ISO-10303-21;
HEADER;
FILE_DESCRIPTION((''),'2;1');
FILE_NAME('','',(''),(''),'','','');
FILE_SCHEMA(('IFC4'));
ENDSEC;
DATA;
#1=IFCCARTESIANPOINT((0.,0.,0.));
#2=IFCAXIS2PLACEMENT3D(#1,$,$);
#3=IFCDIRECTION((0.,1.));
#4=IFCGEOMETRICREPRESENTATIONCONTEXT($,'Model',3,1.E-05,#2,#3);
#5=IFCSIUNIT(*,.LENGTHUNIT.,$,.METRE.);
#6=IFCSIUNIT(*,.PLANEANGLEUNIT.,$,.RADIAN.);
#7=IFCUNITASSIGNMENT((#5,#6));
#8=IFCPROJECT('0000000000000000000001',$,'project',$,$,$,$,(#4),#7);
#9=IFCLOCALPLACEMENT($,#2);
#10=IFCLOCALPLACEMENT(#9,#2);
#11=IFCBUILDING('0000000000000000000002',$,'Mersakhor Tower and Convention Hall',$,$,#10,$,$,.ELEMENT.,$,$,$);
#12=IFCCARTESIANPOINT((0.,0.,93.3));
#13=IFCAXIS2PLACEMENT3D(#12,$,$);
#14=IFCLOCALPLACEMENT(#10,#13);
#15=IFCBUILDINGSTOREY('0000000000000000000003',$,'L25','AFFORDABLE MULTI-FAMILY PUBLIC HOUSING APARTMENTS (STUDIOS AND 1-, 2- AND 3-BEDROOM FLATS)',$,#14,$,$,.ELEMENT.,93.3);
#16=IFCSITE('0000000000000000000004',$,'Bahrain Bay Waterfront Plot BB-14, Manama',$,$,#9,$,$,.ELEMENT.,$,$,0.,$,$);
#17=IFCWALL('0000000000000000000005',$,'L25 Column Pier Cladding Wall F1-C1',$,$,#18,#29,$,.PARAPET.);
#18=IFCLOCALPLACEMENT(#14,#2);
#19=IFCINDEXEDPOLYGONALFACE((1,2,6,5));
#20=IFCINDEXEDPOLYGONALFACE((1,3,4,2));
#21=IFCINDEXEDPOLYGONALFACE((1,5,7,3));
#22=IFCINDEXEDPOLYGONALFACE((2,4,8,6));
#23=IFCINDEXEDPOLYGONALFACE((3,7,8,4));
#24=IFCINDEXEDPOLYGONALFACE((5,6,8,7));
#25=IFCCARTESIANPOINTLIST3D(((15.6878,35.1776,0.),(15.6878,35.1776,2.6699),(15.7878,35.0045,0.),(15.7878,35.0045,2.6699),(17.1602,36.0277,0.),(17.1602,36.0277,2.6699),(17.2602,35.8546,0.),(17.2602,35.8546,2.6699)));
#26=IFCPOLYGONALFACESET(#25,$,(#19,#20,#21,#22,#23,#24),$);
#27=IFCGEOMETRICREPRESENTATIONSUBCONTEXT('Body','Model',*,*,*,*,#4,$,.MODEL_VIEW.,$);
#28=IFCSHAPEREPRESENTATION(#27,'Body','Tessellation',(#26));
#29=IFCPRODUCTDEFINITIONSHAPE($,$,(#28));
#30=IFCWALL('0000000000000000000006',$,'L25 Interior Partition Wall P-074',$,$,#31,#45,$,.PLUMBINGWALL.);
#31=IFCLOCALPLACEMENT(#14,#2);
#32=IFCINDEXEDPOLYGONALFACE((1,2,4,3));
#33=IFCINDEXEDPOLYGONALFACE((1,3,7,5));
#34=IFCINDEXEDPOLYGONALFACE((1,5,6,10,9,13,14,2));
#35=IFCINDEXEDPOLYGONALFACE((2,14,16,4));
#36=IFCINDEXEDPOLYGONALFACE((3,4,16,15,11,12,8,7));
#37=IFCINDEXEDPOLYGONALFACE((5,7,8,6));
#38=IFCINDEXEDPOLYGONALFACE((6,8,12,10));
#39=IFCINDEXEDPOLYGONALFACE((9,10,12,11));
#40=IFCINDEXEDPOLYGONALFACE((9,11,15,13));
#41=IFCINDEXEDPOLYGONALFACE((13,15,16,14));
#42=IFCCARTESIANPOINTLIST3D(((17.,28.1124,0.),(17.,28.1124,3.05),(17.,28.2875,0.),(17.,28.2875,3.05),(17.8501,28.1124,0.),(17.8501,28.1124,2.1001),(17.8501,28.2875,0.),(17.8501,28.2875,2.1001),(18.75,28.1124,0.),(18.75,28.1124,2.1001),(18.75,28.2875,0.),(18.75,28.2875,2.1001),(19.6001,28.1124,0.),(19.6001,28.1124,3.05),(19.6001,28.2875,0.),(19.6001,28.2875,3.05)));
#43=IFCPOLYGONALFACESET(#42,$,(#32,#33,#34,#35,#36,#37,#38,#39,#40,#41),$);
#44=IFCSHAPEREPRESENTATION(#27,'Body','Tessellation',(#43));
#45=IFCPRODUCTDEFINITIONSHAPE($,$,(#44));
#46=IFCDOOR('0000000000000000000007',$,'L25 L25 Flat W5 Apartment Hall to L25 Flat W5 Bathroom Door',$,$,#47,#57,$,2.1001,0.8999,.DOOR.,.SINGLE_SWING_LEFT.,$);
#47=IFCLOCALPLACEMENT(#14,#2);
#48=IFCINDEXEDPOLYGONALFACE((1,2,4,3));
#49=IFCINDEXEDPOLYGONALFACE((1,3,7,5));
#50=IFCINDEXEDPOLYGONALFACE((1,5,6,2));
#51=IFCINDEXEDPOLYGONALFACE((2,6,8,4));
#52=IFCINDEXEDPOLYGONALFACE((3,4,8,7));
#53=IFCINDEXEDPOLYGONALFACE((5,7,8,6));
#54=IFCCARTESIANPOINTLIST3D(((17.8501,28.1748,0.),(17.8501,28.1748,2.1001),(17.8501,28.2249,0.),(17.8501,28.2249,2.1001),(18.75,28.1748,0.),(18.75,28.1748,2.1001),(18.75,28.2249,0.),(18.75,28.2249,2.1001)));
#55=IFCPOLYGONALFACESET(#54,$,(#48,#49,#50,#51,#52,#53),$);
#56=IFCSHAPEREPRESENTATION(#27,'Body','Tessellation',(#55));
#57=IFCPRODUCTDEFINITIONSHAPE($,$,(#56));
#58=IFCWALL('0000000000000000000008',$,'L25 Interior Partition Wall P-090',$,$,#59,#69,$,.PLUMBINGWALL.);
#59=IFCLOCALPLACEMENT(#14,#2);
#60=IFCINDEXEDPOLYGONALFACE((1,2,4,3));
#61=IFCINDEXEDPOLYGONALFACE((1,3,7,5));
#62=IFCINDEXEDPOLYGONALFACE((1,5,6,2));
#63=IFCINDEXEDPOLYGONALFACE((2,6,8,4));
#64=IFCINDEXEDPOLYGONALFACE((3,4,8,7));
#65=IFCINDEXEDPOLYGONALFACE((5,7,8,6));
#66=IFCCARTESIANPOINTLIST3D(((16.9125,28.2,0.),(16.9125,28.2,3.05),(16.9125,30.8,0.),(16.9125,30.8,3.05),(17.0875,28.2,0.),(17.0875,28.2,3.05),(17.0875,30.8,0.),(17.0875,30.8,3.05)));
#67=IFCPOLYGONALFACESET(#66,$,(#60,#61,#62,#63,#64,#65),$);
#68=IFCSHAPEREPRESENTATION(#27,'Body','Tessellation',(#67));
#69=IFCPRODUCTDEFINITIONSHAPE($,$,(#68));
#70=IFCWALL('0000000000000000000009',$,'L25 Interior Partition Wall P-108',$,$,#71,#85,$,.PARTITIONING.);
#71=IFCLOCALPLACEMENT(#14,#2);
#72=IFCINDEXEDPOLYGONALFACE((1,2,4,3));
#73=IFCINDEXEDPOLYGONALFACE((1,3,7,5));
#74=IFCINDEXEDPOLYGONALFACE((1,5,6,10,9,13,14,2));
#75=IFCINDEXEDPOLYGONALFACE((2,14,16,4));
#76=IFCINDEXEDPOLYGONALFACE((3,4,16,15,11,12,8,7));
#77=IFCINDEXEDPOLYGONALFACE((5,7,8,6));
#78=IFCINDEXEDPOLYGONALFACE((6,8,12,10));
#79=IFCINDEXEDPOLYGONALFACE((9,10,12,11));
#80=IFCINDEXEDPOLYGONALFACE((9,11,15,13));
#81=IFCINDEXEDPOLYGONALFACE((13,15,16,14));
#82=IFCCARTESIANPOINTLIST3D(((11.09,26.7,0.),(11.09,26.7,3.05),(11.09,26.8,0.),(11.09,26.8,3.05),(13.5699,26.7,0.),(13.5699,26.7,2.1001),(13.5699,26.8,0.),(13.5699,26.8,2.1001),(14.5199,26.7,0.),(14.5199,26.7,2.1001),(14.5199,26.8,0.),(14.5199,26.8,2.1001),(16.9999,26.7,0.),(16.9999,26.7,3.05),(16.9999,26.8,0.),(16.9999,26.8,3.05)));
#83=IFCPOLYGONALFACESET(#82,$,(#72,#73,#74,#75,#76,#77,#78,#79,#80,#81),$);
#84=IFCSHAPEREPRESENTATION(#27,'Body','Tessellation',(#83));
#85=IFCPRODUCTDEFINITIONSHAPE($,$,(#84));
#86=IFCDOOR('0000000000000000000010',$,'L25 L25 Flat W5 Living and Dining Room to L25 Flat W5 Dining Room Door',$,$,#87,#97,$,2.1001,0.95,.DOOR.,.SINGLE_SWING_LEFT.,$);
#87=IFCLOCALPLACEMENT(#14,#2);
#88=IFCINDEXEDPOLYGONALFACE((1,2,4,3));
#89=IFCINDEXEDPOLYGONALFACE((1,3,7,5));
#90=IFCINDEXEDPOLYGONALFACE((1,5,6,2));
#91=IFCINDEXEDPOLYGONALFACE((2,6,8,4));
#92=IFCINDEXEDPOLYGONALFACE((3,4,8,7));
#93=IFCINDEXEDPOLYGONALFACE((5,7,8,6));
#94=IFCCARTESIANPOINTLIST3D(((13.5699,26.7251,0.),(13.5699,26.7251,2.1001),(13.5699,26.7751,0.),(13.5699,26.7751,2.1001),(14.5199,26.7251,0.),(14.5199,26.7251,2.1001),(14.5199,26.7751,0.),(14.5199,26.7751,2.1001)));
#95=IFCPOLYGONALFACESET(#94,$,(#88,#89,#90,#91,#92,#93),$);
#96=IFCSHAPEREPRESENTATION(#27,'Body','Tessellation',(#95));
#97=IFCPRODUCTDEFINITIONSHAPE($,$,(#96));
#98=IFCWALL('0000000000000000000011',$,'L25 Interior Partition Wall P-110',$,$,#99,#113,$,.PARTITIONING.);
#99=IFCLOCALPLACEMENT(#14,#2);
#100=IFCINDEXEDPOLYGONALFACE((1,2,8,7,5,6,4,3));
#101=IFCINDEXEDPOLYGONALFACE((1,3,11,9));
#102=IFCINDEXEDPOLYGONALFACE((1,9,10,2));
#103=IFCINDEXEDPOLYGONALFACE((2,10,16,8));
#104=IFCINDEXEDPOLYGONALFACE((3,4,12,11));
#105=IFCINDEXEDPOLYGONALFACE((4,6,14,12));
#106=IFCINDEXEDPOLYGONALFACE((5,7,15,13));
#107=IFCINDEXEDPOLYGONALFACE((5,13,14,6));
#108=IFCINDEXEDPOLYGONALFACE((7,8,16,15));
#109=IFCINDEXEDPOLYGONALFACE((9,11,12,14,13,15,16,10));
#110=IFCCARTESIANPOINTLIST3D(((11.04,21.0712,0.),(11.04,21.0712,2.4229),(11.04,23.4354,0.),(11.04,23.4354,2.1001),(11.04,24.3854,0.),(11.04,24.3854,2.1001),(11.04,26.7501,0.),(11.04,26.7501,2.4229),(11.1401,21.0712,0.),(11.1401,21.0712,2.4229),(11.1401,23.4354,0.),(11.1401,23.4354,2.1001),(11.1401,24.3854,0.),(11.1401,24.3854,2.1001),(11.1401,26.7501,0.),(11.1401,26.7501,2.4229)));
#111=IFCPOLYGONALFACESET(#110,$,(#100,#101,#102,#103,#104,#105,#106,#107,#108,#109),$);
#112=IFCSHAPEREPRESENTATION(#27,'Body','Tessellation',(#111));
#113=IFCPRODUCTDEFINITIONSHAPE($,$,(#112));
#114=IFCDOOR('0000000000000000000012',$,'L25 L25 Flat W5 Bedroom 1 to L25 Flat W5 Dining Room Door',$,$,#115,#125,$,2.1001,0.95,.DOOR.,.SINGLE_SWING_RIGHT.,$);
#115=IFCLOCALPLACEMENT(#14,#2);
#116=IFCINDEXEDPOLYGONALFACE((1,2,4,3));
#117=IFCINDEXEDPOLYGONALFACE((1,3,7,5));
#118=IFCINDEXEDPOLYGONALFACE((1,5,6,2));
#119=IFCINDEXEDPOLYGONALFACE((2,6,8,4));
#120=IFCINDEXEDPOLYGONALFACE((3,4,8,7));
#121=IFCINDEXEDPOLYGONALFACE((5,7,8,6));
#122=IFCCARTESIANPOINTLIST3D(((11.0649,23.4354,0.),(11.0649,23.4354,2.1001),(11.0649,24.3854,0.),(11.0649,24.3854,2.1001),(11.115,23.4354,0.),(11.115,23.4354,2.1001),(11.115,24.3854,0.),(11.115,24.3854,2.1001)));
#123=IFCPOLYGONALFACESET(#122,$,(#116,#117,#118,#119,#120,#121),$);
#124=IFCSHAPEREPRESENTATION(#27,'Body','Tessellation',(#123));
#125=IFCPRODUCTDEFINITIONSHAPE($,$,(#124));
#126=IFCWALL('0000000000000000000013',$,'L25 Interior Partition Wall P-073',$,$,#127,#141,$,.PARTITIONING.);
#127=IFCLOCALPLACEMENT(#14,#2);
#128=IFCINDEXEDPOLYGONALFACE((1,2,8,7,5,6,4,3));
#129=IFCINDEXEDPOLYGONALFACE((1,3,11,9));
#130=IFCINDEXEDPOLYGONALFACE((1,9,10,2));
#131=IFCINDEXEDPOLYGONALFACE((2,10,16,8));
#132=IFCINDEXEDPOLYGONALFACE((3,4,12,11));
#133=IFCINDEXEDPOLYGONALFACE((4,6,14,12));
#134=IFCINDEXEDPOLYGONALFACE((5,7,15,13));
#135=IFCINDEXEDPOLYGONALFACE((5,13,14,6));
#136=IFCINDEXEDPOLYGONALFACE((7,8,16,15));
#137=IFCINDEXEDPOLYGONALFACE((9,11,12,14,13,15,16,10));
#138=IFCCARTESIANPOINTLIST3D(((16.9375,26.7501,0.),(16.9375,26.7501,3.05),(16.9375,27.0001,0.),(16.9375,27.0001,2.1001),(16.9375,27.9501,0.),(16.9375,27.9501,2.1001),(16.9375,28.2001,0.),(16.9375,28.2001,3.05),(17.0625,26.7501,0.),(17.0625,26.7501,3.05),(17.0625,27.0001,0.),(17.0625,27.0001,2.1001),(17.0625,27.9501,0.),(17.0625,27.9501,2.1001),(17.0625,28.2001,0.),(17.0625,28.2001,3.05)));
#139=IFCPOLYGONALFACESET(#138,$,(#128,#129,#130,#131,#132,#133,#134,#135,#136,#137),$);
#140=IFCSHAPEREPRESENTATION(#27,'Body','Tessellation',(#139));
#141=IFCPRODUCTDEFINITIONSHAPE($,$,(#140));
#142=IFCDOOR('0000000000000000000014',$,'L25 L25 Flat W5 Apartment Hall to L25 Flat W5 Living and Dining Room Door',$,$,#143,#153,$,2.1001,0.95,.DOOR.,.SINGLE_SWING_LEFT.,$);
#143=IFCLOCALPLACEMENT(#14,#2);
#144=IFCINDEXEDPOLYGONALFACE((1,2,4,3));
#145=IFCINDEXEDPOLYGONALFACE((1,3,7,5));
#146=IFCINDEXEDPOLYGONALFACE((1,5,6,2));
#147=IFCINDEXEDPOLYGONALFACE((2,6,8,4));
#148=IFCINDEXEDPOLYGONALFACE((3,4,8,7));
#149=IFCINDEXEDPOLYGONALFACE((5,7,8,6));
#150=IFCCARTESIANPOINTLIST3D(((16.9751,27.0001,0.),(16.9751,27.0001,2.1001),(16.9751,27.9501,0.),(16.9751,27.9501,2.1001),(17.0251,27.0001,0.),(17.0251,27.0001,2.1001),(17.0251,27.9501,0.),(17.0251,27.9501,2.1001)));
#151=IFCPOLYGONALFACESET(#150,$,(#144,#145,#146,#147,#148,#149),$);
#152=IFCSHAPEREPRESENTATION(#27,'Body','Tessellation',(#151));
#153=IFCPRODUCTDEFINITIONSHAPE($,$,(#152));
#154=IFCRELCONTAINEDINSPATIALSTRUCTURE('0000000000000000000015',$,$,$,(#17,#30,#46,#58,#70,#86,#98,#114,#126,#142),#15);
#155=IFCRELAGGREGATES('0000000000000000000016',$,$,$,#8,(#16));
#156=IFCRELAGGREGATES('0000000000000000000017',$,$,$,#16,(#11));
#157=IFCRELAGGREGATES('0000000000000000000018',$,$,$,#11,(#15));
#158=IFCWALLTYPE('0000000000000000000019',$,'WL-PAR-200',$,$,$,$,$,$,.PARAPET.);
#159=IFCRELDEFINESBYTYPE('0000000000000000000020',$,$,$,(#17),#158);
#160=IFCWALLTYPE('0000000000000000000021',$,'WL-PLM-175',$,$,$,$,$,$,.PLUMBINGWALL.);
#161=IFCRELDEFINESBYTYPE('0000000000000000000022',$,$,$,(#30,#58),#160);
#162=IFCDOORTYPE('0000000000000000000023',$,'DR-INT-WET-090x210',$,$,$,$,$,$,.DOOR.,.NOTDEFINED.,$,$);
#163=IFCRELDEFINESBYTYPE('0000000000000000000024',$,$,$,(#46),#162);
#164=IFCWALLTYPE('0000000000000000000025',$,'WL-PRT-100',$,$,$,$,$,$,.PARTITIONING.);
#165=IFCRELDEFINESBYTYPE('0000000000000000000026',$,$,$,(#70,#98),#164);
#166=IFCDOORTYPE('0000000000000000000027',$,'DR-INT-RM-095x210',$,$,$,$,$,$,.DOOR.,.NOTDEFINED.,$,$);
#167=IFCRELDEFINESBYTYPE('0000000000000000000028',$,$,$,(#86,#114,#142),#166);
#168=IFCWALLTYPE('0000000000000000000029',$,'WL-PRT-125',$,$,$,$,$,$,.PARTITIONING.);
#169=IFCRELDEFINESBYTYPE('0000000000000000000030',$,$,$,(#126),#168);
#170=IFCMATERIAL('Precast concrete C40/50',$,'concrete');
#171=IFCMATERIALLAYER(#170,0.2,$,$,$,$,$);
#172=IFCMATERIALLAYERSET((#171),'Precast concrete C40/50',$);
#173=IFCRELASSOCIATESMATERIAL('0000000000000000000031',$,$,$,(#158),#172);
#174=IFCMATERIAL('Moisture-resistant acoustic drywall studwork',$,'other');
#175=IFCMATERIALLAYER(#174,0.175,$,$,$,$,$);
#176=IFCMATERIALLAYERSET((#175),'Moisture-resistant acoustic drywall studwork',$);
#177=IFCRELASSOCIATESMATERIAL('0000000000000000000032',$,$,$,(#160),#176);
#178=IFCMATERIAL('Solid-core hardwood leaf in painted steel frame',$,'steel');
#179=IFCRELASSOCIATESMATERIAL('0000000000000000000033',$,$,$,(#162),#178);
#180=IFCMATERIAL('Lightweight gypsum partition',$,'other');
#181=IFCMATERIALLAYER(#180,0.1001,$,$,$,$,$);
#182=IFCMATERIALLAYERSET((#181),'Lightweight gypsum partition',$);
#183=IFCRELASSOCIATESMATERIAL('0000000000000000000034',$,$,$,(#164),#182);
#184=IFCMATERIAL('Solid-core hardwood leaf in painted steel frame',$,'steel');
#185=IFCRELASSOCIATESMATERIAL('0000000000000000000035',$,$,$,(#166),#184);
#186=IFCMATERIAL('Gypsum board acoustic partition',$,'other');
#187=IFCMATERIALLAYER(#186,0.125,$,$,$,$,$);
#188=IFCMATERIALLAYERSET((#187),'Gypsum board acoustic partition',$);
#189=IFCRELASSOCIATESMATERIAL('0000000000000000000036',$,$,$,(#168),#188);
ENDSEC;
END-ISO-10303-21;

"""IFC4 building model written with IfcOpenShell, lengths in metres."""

from ifc_helpers import new_model, si_unit, direction, frame, frame_2d, origin, place, context, subcontext, project, spatial, rectangle, extrude, material, layer, layer_set, type_object, element, fill, save


model = new_model("IFC4")

# Units and contexts
model_context = context("Model", 3, precision=1e-05, world=origin(), true_north=direction((0.0, 1.0)))
body_context = subcontext(model_context, "Body", "Model", "MODEL_VIEW")
ifc_project = project(units=[si_unit("LENGTHUNIT", "METRE"), si_unit("PLANEANGLEUNIT", "RADIAN")], contexts=[model_context])

# Site, building, storey
site_placement = place(None, origin())
site = spatial("IfcSite", under=ifc_project, at=site_placement, Name="Bahrain Bay Waterfront Plot BB-14, Manama", CompositionType="ELEMENT", RefElevation=0.0)
building_placement = place(site_placement, origin())
building = spatial("IfcBuilding", under=site, at=building_placement, Name="Mersakhor Tower and Convention Hall", CompositionType="ELEMENT")
storey_placement = place(building_placement, frame((0.0, 0.0, 93.3)))
storey = spatial("IfcBuildingStorey", under=building, at=storey_placement, Name="L25", Description="AFFORDABLE MULTI-FAMILY PUBLIC HOUSING APARTMENTS (STUDIOS AND 1-, 2- AND 3-BEDROOM FLATS)", CompositionType="ELEMENT", Elevation=93.3)

# Wall
ifc_material_1 = material(Name="Precast concrete C40/50", Category="concrete")
ifc_layer_1 = layer(ifc_material_1, 0.2)
ifc_layer_set_1 = layer_set([ifc_layer_1], Name="Precast concrete C40/50")
wall_type_1 = type_object("IfcWallType", Name="WL-PAR-200", PredefinedType="PARAPET", material=ifc_layer_set_1)
wall_1_placement = place(storey_placement, frame((15.7378, 35.0911, 0.0), z_axis=(0.0, 0.0, 1.0), x_axis=(0.866025, 0.5, 0.0)))
element("IfcWall", 1, at=wall_1_placement, inside=storey, type_object=wall_type_1, Name="L25 Column Pier Cladding Wall F1-C1", PredefinedType="PARAPET", context=body_context, shape_type="SweptSolid", body=[
    extrude(rectangle(XDim=1.7002, YDim=0.2, at=frame_2d((0.8501, 0.0))), origin(), (0.0, 0.0, 1.0), 2.6699),
])

# Wall, opening, door
ifc_material_2 = material(Name="Moisture-resistant acoustic drywall studwork", Category="other")
ifc_layer_2 = layer(ifc_material_2, 0.175)
ifc_layer_set_2 = layer_set([ifc_layer_2], Name="Moisture-resistant acoustic drywall studwork")
wall_type_2 = type_object("IfcWallType", Name="WL-PLM-175", PredefinedType="PLUMBINGWALL", material=ifc_layer_set_2)
wall_2_placement = place(storey_placement, frame((17.0, 28.2, 0.0), z_axis=(0.0, 0.0, 1.0), x_axis=(1.0, 0.0, 0.0)))
wall_2 = element("IfcWall", 2, at=wall_2_placement, inside=storey, type_object=wall_type_2, Name="L25 Interior Partition Wall P-074", PredefinedType="PLUMBINGWALL", context=body_context, shape_type="SweptSolid", body=[
    extrude(rectangle(XDim=2.6001, YDim=0.175, at=frame_2d((1.3, 0.0))), origin(), (0.0, 0.0, 1.0), 3.05),
])
opening_1_placement = place(wall_2_placement, frame((0.8501, 0.0, 0.0)))
opening_1 = element("IfcOpeningElement", 3, at=opening_1_placement, cuts=wall_2, PredefinedType="OPENING", context=body_context, shape_type="SweptSolid", body=[
    extrude(rectangle(XDim=0.8999, YDim=2.1001, at=frame_2d((0.45, 1.05))), frame((0.0, 0.0974, 0.0), z_axis=(0.0, -1.0, 0.0), x_axis=(1.0, 0.0, 0.0)), (0.0, 0.0, 1.0), 0.1951),
])
ifc_material_3 = material(Name="Solid-core hardwood leaf in painted steel frame", Category="steel")
door_type_1 = type_object("IfcDoorType", Name="DR-INT-WET-090x210", OperationType="NOTDEFINED", PredefinedType="DOOR", material=ifc_material_3)
door_1_placement = place(opening_1_placement, origin())
door_1 = element("IfcDoor", 4, at=door_1_placement, inside=storey, type_object=door_type_1, Name="L25 L25 Flat W5 Apartment Hall to L25 Flat W5 Bathroom Door", OperationType="SINGLE_SWING_LEFT", OverallHeight=2.1001, OverallWidth=0.8999, PredefinedType="DOOR", context=body_context, shape_type="SweptSolid", body=[
    extrude(rectangle(XDim=0.8999, YDim=2.1001, at=frame_2d((0.45, 1.05))), frame((0.0, 0.0249, 0.0), z_axis=(0.0, -1.0, 0.0), x_axis=(1.0, 0.0, 0.0)), (0.0, 0.0, 1.0), 0.05),
])
fill(opening_1, door_1)

# Wall
wall_3_placement = place(storey_placement, frame((17.0, 28.2, 0.0), z_axis=(0.0, 0.0, 1.0), x_axis=(0.0, 1.0, 0.0)))
element("IfcWall", 5, at=wall_3_placement, inside=storey, type_object=wall_type_2, Name="L25 Interior Partition Wall P-090", PredefinedType="PLUMBINGWALL", context=body_context, shape_type="SweptSolid", body=[
    extrude(rectangle(XDim=2.6001, YDim=0.175, at=frame_2d((1.3, 0.0))), origin(), (0.0, 0.0, 1.0), 3.05),
])

# Walls, openings, doors
ifc_material_4 = material(Name="Lightweight gypsum partition", Category="other")
ifc_layer_3 = layer(ifc_material_4, 0.1001)
ifc_layer_set_3 = layer_set([ifc_layer_3], Name="Lightweight gypsum partition")
wall_type_3 = type_object("IfcWallType", Name="WL-PRT-100", PredefinedType="PARTITIONING", material=ifc_layer_set_3)
wall_4_placement = place(storey_placement, frame((17.0, 26.75, 0.0), z_axis=(0.0, 0.0, 1.0), x_axis=(-1.0, 0.0, 0.0)))
wall_4 = element("IfcWall", 6, at=wall_4_placement, inside=storey, type_object=wall_type_3, Name="L25 Interior Partition Wall P-108", PredefinedType="PARTITIONING", context=body_context, shape_type="SweptSolid", body=[
    extrude(rectangle(XDim=5.9099, YDim=0.1001, at=frame_2d((2.9551, 0.0))), origin(), (0.0, 0.0, 1.0), 3.05),
])
opening_2_placement = place(wall_4_placement, frame((2.48, 0.0, 0.0)))
opening_2 = element("IfcOpeningElement", 7, at=opening_2_placement, cuts=wall_4, PredefinedType="OPENING", context=body_context, shape_type="SweptSolid", body=[
    extrude(rectangle(XDim=0.95, YDim=2.1001, at=frame_2d((0.4751, 1.05))), frame((0.0, 0.0601, 0.0), z_axis=(0.0, -1.0, 0.0), x_axis=(1.0, 0.0, 0.0)), (0.0, 0.0, 1.0), 0.1201),
])
ifc_material_5 = material(Name="Solid-core hardwood leaf in painted steel frame", Category="steel")
door_type_2 = type_object("IfcDoorType", Name="DR-INT-RM-095x210", OperationType="NOTDEFINED", PredefinedType="DOOR", material=ifc_material_5)
door_2_placement = place(opening_2_placement, origin())
door_2 = element("IfcDoor", 8, at=door_2_placement, inside=storey, type_object=door_type_2, Name="L25 L25 Flat W5 Living and Dining Room to L25 Flat W5 Dining Room Door", OperationType="SINGLE_SWING_LEFT", OverallHeight=2.1001, OverallWidth=0.95, PredefinedType="DOOR", context=body_context, shape_type="SweptSolid", body=[
    extrude(rectangle(XDim=0.95, YDim=2.1001, at=frame_2d((0.4751, 1.05))), frame((0.0, 0.0249, 0.0), z_axis=(0.0, -1.0, 0.0), x_axis=(1.0, 0.0, 0.0)), (0.0, 0.0, 1.0), 0.05),
])
fill(opening_2, door_2)
wall_5_placement = place(storey_placement, frame((11.0901, 26.75, 0.0), z_axis=(0.0, 0.0, 1.0), x_axis=(0.0, -1.0, 0.0)))
wall_5 = element("IfcWall", 9, at=wall_5_placement, inside=storey, type_object=wall_type_3, Name="L25 Interior Partition Wall P-110", PredefinedType="PARTITIONING", context=body_context, shape_type="SweptSolid", body=[
    extrude(rectangle(XDim=5.679, YDim=0.1001, at=frame_2d((2.8394, 0.0))), origin(), (0.0, 0.0, 1.0), 2.4229),
])
opening_3_placement = place(wall_5_placement, frame((2.3645, 0.0, 0.0)))
opening_3 = element("IfcOpeningElement", 10, at=opening_3_placement, cuts=wall_5, PredefinedType="OPENING", context=body_context, shape_type="SweptSolid", body=[
    extrude(rectangle(XDim=0.95, YDim=2.1001, at=frame_2d((0.4751, 1.05))), frame((0.0, 0.0601, 0.0), z_axis=(0.0, -1.0, 0.0), x_axis=(1.0, 0.0, 0.0)), (0.0, 0.0, 1.0), 0.1201),
])
door_3_placement = place(opening_3_placement, origin())
door_3 = element("IfcDoor", 11, at=door_3_placement, inside=storey, type_object=door_type_2, Name="L25 L25 Flat W5 Bedroom 1 to L25 Flat W5 Dining Room Door", OperationType="SINGLE_SWING_RIGHT", OverallHeight=2.1001, OverallWidth=0.95, PredefinedType="DOOR", context=body_context, shape_type="SweptSolid", body=[
    extrude(rectangle(XDim=0.95, YDim=2.1001, at=frame_2d((0.4751, 1.05))), frame((0.0, 0.0249, 0.0), z_axis=(0.0, -1.0, 0.0), x_axis=(1.0, 0.0, 0.0)), (0.0, 0.0, 1.0), 0.05),
])
fill(opening_3, door_3)
ifc_material_6 = material(Name="Gypsum board acoustic partition", Category="other")
ifc_layer_4 = layer(ifc_material_6, 0.125)
ifc_layer_set_4 = layer_set([ifc_layer_4], Name="Gypsum board acoustic partition")
wall_type_4 = type_object("IfcWallType", Name="WL-PRT-125", PredefinedType="PARTITIONING", material=ifc_layer_set_4)
wall_6_placement = place(storey_placement, frame((17.0, 26.75, 0.0), z_axis=(0.0, 0.0, 1.0), x_axis=(0.0, 1.0, 0.0)))
wall_6 = element("IfcWall", 12, at=wall_6_placement, inside=storey, type_object=wall_type_4, Name="L25 Interior Partition Wall P-073", PredefinedType="PARTITIONING", context=body_context, shape_type="SweptSolid", body=[
    extrude(rectangle(XDim=1.45, YDim=0.125, at=frame_2d((0.7251, 0.0))), origin(), (0.0, 0.0, 1.0), 3.05),
])
opening_4_placement = place(wall_6_placement, frame((0.25, 0.0, 0.0)))
opening_4 = element("IfcOpeningElement", 13, at=opening_4_placement, cuts=wall_6, PredefinedType="OPENING", context=body_context, shape_type="SweptSolid", body=[
    extrude(rectangle(XDim=0.95, YDim=2.1001, at=frame_2d((0.4751, 1.05))), frame((0.0, 0.0725, 0.0), z_axis=(0.0, -1.0, 0.0), x_axis=(1.0, 0.0, 0.0)), (0.0, 0.0, 1.0), 0.145),
])
door_4_placement = place(opening_4_placement, origin())
door_4 = element("IfcDoor", 14, at=door_4_placement, inside=storey, type_object=door_type_2, Name="L25 L25 Flat W5 Apartment Hall to L25 Flat W5 Living and Dining Room Door", OperationType="SINGLE_SWING_LEFT", OverallHeight=2.1001, OverallWidth=0.95, PredefinedType="DOOR", context=body_context, shape_type="SweptSolid", body=[
    extrude(rectangle(XDim=0.95, YDim=2.1001, at=frame_2d((0.4751, 1.05))), frame((0.0, 0.0249, 0.0), z_axis=(0.0, -1.0, 0.0), x_axis=(1.0, 0.0, 0.0)), (0.0, 0.0, 1.0), 0.05),
])
fill(opening_4, door_4)

save(model, "model.ifc")
